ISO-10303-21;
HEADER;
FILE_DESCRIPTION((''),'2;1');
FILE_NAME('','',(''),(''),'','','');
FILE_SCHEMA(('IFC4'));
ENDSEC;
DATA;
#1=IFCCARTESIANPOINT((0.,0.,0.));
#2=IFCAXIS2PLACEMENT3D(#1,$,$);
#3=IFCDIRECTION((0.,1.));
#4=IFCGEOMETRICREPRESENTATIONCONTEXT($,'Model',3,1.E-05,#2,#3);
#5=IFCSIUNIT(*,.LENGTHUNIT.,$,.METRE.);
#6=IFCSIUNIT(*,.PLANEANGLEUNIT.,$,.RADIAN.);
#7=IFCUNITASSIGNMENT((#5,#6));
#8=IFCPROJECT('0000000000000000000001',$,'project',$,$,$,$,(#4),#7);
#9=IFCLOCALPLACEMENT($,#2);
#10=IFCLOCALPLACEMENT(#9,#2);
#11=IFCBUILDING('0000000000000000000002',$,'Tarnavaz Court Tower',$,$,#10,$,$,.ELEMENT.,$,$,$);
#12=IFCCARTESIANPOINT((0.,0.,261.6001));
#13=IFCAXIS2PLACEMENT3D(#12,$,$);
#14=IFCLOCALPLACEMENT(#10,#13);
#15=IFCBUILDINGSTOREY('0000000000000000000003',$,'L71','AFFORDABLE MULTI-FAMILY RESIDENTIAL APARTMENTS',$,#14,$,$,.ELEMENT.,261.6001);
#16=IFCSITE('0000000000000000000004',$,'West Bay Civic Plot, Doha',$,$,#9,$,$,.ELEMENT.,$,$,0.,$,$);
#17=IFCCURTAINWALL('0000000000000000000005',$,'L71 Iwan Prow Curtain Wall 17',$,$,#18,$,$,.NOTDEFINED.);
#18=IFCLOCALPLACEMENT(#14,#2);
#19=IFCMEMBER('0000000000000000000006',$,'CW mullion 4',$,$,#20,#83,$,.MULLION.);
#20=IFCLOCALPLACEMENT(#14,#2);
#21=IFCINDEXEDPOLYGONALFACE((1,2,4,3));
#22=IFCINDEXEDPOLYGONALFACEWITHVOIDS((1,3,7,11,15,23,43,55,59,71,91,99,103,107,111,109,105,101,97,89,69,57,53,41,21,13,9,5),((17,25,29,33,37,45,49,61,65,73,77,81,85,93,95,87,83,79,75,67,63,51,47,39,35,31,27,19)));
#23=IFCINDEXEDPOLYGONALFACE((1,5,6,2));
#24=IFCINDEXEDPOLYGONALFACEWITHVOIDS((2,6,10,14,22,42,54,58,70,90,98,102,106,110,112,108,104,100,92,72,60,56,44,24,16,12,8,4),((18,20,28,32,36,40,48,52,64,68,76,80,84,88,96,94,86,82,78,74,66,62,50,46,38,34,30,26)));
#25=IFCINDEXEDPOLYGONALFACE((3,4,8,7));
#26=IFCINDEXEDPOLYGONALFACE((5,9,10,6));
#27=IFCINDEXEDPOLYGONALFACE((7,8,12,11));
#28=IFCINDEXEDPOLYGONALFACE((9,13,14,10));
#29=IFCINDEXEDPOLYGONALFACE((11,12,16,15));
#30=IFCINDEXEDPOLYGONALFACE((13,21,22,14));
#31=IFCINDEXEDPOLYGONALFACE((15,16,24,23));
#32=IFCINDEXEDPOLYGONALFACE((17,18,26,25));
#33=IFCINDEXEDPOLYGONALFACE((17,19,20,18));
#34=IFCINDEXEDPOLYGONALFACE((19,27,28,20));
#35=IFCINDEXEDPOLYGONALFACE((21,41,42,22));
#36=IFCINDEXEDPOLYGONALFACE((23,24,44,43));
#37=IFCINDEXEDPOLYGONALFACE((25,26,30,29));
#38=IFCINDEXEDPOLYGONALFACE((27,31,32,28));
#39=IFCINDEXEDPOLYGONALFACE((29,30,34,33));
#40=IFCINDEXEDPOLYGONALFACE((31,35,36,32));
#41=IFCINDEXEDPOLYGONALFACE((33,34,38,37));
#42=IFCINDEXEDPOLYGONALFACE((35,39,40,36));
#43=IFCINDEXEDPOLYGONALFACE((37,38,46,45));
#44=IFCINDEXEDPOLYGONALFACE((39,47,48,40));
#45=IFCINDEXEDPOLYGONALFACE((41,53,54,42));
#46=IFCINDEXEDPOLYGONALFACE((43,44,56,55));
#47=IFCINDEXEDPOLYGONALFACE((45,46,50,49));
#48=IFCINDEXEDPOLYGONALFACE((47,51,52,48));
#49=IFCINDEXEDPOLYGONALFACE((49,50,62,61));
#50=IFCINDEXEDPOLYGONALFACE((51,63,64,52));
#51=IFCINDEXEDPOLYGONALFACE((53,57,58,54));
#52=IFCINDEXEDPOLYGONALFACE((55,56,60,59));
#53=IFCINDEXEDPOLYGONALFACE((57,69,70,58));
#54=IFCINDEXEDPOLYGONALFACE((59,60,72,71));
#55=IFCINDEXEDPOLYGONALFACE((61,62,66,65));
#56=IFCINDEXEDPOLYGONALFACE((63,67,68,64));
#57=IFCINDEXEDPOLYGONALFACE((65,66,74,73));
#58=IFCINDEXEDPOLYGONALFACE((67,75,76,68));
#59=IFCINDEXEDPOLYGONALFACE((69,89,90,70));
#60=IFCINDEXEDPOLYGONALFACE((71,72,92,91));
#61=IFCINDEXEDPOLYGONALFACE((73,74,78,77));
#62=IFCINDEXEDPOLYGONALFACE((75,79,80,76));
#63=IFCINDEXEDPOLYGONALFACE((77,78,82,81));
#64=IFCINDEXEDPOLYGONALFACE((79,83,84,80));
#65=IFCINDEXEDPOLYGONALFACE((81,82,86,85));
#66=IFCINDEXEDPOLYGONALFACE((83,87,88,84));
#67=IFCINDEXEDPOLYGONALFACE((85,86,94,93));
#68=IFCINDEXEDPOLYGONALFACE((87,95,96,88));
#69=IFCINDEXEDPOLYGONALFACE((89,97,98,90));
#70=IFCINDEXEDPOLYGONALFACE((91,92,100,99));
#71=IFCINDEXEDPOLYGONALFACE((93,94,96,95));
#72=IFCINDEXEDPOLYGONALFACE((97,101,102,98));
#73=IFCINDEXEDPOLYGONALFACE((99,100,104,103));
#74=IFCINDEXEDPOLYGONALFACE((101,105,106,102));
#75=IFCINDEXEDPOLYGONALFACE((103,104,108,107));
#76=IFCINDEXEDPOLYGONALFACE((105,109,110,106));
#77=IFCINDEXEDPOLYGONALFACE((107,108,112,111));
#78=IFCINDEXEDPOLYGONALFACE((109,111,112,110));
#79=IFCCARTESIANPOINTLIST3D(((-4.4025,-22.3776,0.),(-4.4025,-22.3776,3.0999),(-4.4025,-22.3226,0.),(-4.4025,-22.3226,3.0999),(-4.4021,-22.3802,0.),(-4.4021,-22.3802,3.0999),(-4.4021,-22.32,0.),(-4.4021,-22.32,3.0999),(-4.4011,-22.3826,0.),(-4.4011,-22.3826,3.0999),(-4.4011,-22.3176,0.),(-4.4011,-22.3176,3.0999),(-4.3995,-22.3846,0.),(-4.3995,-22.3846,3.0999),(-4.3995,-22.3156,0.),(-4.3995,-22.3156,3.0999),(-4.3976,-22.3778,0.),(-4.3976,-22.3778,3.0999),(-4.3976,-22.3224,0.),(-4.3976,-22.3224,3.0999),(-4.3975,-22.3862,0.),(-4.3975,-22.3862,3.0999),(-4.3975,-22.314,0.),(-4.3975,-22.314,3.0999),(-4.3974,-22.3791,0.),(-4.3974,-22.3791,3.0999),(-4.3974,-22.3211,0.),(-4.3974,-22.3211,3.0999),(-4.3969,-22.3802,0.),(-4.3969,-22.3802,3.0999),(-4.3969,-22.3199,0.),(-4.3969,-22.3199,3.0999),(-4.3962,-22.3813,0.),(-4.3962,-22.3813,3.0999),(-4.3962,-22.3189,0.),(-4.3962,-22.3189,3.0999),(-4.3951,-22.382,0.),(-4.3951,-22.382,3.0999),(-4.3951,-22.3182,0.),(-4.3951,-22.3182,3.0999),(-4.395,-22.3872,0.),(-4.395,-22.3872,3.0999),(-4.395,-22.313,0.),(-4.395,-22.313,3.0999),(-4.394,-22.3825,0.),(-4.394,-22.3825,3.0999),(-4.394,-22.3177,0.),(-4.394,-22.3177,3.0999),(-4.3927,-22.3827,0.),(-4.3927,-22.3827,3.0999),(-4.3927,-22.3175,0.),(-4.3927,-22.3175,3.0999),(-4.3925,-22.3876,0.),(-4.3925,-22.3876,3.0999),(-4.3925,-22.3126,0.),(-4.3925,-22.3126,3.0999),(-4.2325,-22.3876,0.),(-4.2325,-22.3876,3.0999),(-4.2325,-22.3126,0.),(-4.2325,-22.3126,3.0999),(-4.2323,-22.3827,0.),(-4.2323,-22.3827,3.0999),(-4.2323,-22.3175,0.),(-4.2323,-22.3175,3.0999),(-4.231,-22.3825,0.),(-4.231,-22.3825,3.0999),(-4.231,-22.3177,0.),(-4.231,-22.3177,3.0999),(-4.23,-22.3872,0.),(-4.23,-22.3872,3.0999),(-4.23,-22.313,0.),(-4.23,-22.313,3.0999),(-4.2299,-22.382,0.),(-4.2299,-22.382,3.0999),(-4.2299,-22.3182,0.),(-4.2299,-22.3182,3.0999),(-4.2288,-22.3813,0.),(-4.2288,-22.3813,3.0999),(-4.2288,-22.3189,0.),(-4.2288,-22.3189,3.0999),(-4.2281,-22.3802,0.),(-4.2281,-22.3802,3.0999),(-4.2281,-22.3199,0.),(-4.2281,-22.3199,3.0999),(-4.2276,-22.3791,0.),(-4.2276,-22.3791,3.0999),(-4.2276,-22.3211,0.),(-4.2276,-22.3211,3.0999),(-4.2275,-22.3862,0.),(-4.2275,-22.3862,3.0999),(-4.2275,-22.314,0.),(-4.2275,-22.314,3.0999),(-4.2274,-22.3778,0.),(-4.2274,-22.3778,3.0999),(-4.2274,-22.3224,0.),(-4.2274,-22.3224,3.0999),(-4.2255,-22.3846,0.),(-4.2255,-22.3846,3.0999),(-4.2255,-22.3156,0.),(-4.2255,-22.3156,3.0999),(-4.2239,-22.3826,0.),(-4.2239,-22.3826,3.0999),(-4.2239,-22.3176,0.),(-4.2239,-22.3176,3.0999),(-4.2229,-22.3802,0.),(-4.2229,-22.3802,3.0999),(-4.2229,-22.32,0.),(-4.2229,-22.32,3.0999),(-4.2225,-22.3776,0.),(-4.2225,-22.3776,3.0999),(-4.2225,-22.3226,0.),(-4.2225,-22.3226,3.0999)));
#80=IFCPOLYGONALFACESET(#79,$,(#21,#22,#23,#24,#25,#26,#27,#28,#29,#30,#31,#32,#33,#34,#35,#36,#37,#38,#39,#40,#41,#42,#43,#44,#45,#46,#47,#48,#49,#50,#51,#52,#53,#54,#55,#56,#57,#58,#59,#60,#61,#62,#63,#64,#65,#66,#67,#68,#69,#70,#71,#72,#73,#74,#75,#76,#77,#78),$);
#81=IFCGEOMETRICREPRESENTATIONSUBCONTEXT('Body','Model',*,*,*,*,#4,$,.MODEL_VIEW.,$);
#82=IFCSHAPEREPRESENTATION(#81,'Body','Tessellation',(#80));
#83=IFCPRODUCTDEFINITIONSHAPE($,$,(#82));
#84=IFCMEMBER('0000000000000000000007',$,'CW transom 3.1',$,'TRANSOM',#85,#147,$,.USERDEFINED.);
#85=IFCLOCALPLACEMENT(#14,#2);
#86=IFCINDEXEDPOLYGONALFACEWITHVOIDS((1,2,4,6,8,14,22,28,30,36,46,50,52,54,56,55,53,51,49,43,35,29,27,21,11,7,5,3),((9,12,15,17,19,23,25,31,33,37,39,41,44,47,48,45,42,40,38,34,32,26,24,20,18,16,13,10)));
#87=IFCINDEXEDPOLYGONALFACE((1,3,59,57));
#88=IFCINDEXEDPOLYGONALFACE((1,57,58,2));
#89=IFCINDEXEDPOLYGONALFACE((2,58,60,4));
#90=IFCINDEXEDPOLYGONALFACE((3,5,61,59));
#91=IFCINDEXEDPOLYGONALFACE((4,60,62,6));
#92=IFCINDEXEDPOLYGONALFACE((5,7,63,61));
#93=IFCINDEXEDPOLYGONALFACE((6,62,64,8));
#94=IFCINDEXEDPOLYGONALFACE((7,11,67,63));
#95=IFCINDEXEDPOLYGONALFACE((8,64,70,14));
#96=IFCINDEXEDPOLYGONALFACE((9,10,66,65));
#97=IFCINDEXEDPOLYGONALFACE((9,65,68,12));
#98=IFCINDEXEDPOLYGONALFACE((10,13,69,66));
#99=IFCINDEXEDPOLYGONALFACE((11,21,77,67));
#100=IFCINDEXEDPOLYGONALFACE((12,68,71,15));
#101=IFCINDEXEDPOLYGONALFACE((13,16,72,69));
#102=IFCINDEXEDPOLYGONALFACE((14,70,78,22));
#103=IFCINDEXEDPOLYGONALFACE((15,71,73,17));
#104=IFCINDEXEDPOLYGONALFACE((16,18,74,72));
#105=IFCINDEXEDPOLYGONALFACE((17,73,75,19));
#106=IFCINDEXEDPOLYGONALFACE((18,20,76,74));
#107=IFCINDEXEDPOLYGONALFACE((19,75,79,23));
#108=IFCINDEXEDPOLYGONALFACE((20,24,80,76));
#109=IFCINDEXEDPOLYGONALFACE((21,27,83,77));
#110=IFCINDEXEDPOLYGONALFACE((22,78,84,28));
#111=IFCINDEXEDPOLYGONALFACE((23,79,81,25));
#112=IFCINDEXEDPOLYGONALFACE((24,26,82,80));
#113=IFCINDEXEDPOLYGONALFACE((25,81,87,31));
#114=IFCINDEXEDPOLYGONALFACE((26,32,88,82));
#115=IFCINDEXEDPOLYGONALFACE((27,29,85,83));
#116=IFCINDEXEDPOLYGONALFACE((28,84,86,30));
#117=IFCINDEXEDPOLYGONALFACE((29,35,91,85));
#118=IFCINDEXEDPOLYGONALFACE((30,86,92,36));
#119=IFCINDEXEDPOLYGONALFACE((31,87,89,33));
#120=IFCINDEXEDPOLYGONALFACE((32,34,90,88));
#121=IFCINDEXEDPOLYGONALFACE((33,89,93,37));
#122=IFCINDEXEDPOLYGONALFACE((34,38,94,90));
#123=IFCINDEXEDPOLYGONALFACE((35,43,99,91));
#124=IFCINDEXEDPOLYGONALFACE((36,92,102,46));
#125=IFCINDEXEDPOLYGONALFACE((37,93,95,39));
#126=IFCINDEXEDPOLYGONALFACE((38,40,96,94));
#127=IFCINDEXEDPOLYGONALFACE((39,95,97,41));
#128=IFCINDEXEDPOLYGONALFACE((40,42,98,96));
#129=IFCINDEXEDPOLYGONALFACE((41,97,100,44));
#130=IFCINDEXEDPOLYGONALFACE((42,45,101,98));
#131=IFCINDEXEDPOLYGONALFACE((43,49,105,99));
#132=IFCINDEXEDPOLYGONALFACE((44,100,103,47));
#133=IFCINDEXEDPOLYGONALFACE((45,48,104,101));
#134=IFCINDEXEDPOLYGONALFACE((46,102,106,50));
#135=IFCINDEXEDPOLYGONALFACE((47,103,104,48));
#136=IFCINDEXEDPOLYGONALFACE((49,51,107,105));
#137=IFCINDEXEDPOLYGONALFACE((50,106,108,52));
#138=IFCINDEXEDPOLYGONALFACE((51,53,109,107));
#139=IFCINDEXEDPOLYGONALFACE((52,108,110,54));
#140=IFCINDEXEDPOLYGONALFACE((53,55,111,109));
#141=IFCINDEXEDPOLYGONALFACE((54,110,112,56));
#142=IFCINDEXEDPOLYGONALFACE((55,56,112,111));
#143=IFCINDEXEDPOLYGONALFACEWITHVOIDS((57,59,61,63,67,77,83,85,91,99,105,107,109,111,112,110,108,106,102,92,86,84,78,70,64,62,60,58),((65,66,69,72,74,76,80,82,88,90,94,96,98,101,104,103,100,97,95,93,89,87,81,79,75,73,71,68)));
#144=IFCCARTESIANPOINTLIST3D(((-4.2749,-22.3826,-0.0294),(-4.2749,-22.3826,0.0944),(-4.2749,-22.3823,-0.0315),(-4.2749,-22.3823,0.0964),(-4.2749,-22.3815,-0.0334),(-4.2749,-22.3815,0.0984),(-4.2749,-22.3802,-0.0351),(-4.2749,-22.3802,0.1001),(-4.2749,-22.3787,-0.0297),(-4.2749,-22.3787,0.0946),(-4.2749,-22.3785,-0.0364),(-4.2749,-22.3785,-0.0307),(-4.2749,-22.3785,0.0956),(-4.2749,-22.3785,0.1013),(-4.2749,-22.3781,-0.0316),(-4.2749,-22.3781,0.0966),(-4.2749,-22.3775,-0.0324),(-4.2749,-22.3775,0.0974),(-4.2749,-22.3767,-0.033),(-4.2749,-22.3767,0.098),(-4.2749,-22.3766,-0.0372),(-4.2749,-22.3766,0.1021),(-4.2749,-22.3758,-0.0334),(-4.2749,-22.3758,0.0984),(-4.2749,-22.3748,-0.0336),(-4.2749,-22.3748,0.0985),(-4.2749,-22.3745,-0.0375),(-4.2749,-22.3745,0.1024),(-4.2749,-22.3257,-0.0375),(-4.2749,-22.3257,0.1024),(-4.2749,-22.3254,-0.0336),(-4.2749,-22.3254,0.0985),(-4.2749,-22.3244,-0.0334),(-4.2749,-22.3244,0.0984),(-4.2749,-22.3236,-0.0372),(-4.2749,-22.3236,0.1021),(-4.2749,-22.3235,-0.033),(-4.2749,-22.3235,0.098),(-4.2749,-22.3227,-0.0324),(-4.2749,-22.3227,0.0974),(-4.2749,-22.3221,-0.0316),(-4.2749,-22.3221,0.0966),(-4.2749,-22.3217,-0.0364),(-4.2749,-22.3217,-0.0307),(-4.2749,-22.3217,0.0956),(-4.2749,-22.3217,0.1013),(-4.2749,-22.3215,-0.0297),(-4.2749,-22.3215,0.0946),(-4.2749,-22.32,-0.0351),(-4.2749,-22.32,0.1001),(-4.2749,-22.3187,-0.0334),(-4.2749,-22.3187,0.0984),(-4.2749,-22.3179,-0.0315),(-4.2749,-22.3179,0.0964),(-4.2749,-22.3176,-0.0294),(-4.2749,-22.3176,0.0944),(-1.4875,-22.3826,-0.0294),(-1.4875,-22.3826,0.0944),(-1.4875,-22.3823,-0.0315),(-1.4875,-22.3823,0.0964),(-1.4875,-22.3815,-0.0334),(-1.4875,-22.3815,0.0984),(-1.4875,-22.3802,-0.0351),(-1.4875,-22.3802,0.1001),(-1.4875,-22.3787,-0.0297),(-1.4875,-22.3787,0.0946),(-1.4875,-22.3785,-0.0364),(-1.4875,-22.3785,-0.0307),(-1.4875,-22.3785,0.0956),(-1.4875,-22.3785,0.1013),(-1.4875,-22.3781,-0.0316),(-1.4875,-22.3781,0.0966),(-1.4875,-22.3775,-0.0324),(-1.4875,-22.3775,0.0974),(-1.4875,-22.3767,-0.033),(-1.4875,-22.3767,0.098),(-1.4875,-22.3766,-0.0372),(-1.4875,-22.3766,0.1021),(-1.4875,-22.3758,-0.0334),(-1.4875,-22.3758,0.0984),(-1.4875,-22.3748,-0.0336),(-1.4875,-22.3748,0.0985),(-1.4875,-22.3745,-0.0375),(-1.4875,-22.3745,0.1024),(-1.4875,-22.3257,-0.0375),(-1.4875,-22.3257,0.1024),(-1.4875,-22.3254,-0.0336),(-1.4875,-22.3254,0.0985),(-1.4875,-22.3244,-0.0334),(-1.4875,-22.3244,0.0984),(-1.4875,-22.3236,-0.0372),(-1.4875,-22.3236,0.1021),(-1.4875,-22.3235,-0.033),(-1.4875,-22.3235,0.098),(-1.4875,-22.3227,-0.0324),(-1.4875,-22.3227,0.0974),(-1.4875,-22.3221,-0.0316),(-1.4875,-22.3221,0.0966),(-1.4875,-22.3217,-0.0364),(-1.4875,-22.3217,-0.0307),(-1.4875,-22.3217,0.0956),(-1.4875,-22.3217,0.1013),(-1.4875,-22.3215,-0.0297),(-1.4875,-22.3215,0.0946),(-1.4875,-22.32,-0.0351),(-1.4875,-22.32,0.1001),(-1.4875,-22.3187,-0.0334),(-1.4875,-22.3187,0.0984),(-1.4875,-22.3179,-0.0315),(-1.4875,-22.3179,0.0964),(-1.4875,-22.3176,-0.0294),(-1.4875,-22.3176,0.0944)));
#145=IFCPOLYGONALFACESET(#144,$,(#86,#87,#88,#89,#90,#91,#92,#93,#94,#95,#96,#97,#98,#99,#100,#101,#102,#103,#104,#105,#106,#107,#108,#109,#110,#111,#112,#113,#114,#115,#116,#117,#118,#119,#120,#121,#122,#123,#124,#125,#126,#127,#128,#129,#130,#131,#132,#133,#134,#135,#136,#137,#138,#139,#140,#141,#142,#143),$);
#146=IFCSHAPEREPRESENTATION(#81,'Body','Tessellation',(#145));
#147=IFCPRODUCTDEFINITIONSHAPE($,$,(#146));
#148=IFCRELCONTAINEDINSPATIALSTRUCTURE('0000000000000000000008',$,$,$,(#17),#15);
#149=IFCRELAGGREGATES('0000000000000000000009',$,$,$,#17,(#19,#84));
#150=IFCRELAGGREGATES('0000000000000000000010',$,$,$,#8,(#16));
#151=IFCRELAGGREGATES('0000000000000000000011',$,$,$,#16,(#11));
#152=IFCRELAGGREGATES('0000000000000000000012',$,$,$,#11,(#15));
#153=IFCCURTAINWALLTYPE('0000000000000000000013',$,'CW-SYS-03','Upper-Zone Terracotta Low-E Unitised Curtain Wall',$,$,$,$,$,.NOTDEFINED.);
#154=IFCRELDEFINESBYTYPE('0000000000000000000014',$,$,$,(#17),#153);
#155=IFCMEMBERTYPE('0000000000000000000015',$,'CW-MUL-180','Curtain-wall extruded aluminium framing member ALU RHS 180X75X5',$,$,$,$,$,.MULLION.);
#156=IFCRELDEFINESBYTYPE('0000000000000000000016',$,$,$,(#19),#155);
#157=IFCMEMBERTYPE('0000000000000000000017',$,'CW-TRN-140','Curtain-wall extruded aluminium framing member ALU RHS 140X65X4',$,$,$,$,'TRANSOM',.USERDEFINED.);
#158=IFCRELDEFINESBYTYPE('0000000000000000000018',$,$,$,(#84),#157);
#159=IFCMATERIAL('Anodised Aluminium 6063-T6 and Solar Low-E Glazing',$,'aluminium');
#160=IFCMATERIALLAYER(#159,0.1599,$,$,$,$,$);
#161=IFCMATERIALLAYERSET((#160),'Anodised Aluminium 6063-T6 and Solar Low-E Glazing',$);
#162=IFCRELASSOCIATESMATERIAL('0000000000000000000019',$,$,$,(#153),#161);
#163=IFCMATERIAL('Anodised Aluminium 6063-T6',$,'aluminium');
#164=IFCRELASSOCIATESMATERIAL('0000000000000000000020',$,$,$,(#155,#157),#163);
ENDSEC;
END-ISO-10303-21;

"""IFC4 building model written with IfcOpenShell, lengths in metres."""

from ifc_helpers import new_model, si_unit, direction, frame, origin, origin_2d, place, context, subcontext, project, spatial, hollow_rectangle, extrude, material, layer, layer_set, material_profile, profile_set, type_object, element, aggregate, save


model = new_model("IFC4")

# Units and contexts
model_context = context("Model", 3, precision=1e-05, world=origin(), true_north=direction((0.0, 1.0)))
body_context = subcontext(model_context, "Body", "Model", "MODEL_VIEW")
ifc_project = project(units=[si_unit("LENGTHUNIT", "METRE"), si_unit("PLANEANGLEUNIT", "RADIAN")], contexts=[model_context])

# Site, building, storey
site_placement = place(None, origin())
site = spatial("IfcSite", under=ifc_project, at=site_placement, Name="West Bay Civic Plot, Doha", CompositionType="ELEMENT", RefElevation=0.0)
building_placement = place(site_placement, origin())
building = spatial("IfcBuilding", under=site, at=building_placement, Name="Tarnavaz Court Tower", CompositionType="ELEMENT")
storey_placement = place(building_placement, frame((0.0, 0.0, 261.6001)))
storey = spatial("IfcBuildingStorey", under=building, at=storey_placement, Name="L71", Description="AFFORDABLE MULTI-FAMILY RESIDENTIAL APARTMENTS", CompositionType="ELEMENT", Elevation=261.6001)

# Curtain wall, members
ifc_material_1 = material(Name="Anodised Aluminium 6063-T6 and Solar Low-E Glazing", Category="aluminium")
ifc_layer_1 = layer(ifc_material_1, 0.1599)
ifc_layer_set_1 = layer_set([ifc_layer_1], Name="Anodised Aluminium 6063-T6 and Solar Low-E Glazing")
curtain_wall_type = type_object("IfcCurtainWallType", Name="CW-SYS-03", Description="Upper-Zone Terracotta Low-E Unitised Curtain Wall", PredefinedType="NOTDEFINED", material=ifc_layer_set_1)
curtain_wall_placement = place(storey_placement, origin())
curtain_wall = element("IfcCurtainWall", 1, at=curtain_wall_placement, inside=storey, type_object=curtain_wall_type, Name="L71 Iwan Prow Curtain Wall 17", PredefinedType="NOTDEFINED")
ifc_material_2 = material(Name="Anodised Aluminium 6063-T6", Category="aluminium")
ifc_material_profile_1 = material_profile(ifc_material_2, hollow_rectangle(XDim=0.075, YDim=0.1799, WallThickness=0.0049, InnerFilletRadius=0.0049, OuterFilletRadius=0.01, at=origin_2d()), Name="ALU RHS 180X75X5")
ifc_profile_set_1 = profile_set([ifc_material_profile_1], Name="Anodised Aluminium 6063-T6")
member_type_1 = type_object("IfcMemberType", Name="CW-MUL-180", Description="Curtain-wall extruded aluminium framing member ALU RHS 180X75X5", PredefinedType="MULLION", material=ifc_profile_set_1)
member_1_placement = place(storey_placement, frame((-4.3125, -22.3501, 0.0), z_axis=(0.0, 0.0, 1.0), x_axis=(0.0, -1.0, 0.0)))
member_1 = element("IfcMember", 2, at=member_1_placement, type_object=member_type_1, Name="CW mullion 4", PredefinedType="MULLION", context=body_context, shape_type="SweptSolid", body=[
    extrude(hollow_rectangle(XDim=0.075, YDim=0.1799, WallThickness=0.0049, InnerFilletRadius=0.0049, OuterFilletRadius=0.01, at=origin_2d()), origin(), (0.0, 0.0, 1.0), 3.0999),
])
ifc_material_profile_2 = material_profile(ifc_material_2, hollow_rectangle(XDim=0.0649, YDim=0.1399, WallThickness=0.0039, InnerFilletRadius=0.0039, OuterFilletRadius=0.0081, at=origin_2d()), Name="ALU RHS 140X65X4")
ifc_profile_set_2 = profile_set([ifc_material_profile_2], Name="Anodised Aluminium 6063-T6")
member_type_2 = type_object("IfcMemberType", Name="CW-TRN-140", Description="Curtain-wall extruded aluminium framing member ALU RHS 140X65X4", ElementType="TRANSOM", PredefinedType="USERDEFINED", material=ifc_profile_set_2)
member_2_placement = place(storey_placement, frame((-1.4875, -22.3501, 0.0325), z_axis=(-1.0, 0.0, 0.0), x_axis=(0.0, -1.0, 0.0)))
member_2 = element("IfcMember", 3, at=member_2_placement, type_object=member_type_2, Name="CW transom 3.1", ObjectType="TRANSOM", PredefinedType="USERDEFINED", context=body_context, shape_type="SweptSolid", body=[
    extrude(hollow_rectangle(XDim=0.0649, YDim=0.1399, WallThickness=0.0039, InnerFilletRadius=0.0039, OuterFilletRadius=0.0081, at=origin_2d()), origin(), (0.0, 0.0, 1.0), 2.7874),
])
aggregate(curtain_wall, [member_1, member_2])

save(model, "model.ifc")
